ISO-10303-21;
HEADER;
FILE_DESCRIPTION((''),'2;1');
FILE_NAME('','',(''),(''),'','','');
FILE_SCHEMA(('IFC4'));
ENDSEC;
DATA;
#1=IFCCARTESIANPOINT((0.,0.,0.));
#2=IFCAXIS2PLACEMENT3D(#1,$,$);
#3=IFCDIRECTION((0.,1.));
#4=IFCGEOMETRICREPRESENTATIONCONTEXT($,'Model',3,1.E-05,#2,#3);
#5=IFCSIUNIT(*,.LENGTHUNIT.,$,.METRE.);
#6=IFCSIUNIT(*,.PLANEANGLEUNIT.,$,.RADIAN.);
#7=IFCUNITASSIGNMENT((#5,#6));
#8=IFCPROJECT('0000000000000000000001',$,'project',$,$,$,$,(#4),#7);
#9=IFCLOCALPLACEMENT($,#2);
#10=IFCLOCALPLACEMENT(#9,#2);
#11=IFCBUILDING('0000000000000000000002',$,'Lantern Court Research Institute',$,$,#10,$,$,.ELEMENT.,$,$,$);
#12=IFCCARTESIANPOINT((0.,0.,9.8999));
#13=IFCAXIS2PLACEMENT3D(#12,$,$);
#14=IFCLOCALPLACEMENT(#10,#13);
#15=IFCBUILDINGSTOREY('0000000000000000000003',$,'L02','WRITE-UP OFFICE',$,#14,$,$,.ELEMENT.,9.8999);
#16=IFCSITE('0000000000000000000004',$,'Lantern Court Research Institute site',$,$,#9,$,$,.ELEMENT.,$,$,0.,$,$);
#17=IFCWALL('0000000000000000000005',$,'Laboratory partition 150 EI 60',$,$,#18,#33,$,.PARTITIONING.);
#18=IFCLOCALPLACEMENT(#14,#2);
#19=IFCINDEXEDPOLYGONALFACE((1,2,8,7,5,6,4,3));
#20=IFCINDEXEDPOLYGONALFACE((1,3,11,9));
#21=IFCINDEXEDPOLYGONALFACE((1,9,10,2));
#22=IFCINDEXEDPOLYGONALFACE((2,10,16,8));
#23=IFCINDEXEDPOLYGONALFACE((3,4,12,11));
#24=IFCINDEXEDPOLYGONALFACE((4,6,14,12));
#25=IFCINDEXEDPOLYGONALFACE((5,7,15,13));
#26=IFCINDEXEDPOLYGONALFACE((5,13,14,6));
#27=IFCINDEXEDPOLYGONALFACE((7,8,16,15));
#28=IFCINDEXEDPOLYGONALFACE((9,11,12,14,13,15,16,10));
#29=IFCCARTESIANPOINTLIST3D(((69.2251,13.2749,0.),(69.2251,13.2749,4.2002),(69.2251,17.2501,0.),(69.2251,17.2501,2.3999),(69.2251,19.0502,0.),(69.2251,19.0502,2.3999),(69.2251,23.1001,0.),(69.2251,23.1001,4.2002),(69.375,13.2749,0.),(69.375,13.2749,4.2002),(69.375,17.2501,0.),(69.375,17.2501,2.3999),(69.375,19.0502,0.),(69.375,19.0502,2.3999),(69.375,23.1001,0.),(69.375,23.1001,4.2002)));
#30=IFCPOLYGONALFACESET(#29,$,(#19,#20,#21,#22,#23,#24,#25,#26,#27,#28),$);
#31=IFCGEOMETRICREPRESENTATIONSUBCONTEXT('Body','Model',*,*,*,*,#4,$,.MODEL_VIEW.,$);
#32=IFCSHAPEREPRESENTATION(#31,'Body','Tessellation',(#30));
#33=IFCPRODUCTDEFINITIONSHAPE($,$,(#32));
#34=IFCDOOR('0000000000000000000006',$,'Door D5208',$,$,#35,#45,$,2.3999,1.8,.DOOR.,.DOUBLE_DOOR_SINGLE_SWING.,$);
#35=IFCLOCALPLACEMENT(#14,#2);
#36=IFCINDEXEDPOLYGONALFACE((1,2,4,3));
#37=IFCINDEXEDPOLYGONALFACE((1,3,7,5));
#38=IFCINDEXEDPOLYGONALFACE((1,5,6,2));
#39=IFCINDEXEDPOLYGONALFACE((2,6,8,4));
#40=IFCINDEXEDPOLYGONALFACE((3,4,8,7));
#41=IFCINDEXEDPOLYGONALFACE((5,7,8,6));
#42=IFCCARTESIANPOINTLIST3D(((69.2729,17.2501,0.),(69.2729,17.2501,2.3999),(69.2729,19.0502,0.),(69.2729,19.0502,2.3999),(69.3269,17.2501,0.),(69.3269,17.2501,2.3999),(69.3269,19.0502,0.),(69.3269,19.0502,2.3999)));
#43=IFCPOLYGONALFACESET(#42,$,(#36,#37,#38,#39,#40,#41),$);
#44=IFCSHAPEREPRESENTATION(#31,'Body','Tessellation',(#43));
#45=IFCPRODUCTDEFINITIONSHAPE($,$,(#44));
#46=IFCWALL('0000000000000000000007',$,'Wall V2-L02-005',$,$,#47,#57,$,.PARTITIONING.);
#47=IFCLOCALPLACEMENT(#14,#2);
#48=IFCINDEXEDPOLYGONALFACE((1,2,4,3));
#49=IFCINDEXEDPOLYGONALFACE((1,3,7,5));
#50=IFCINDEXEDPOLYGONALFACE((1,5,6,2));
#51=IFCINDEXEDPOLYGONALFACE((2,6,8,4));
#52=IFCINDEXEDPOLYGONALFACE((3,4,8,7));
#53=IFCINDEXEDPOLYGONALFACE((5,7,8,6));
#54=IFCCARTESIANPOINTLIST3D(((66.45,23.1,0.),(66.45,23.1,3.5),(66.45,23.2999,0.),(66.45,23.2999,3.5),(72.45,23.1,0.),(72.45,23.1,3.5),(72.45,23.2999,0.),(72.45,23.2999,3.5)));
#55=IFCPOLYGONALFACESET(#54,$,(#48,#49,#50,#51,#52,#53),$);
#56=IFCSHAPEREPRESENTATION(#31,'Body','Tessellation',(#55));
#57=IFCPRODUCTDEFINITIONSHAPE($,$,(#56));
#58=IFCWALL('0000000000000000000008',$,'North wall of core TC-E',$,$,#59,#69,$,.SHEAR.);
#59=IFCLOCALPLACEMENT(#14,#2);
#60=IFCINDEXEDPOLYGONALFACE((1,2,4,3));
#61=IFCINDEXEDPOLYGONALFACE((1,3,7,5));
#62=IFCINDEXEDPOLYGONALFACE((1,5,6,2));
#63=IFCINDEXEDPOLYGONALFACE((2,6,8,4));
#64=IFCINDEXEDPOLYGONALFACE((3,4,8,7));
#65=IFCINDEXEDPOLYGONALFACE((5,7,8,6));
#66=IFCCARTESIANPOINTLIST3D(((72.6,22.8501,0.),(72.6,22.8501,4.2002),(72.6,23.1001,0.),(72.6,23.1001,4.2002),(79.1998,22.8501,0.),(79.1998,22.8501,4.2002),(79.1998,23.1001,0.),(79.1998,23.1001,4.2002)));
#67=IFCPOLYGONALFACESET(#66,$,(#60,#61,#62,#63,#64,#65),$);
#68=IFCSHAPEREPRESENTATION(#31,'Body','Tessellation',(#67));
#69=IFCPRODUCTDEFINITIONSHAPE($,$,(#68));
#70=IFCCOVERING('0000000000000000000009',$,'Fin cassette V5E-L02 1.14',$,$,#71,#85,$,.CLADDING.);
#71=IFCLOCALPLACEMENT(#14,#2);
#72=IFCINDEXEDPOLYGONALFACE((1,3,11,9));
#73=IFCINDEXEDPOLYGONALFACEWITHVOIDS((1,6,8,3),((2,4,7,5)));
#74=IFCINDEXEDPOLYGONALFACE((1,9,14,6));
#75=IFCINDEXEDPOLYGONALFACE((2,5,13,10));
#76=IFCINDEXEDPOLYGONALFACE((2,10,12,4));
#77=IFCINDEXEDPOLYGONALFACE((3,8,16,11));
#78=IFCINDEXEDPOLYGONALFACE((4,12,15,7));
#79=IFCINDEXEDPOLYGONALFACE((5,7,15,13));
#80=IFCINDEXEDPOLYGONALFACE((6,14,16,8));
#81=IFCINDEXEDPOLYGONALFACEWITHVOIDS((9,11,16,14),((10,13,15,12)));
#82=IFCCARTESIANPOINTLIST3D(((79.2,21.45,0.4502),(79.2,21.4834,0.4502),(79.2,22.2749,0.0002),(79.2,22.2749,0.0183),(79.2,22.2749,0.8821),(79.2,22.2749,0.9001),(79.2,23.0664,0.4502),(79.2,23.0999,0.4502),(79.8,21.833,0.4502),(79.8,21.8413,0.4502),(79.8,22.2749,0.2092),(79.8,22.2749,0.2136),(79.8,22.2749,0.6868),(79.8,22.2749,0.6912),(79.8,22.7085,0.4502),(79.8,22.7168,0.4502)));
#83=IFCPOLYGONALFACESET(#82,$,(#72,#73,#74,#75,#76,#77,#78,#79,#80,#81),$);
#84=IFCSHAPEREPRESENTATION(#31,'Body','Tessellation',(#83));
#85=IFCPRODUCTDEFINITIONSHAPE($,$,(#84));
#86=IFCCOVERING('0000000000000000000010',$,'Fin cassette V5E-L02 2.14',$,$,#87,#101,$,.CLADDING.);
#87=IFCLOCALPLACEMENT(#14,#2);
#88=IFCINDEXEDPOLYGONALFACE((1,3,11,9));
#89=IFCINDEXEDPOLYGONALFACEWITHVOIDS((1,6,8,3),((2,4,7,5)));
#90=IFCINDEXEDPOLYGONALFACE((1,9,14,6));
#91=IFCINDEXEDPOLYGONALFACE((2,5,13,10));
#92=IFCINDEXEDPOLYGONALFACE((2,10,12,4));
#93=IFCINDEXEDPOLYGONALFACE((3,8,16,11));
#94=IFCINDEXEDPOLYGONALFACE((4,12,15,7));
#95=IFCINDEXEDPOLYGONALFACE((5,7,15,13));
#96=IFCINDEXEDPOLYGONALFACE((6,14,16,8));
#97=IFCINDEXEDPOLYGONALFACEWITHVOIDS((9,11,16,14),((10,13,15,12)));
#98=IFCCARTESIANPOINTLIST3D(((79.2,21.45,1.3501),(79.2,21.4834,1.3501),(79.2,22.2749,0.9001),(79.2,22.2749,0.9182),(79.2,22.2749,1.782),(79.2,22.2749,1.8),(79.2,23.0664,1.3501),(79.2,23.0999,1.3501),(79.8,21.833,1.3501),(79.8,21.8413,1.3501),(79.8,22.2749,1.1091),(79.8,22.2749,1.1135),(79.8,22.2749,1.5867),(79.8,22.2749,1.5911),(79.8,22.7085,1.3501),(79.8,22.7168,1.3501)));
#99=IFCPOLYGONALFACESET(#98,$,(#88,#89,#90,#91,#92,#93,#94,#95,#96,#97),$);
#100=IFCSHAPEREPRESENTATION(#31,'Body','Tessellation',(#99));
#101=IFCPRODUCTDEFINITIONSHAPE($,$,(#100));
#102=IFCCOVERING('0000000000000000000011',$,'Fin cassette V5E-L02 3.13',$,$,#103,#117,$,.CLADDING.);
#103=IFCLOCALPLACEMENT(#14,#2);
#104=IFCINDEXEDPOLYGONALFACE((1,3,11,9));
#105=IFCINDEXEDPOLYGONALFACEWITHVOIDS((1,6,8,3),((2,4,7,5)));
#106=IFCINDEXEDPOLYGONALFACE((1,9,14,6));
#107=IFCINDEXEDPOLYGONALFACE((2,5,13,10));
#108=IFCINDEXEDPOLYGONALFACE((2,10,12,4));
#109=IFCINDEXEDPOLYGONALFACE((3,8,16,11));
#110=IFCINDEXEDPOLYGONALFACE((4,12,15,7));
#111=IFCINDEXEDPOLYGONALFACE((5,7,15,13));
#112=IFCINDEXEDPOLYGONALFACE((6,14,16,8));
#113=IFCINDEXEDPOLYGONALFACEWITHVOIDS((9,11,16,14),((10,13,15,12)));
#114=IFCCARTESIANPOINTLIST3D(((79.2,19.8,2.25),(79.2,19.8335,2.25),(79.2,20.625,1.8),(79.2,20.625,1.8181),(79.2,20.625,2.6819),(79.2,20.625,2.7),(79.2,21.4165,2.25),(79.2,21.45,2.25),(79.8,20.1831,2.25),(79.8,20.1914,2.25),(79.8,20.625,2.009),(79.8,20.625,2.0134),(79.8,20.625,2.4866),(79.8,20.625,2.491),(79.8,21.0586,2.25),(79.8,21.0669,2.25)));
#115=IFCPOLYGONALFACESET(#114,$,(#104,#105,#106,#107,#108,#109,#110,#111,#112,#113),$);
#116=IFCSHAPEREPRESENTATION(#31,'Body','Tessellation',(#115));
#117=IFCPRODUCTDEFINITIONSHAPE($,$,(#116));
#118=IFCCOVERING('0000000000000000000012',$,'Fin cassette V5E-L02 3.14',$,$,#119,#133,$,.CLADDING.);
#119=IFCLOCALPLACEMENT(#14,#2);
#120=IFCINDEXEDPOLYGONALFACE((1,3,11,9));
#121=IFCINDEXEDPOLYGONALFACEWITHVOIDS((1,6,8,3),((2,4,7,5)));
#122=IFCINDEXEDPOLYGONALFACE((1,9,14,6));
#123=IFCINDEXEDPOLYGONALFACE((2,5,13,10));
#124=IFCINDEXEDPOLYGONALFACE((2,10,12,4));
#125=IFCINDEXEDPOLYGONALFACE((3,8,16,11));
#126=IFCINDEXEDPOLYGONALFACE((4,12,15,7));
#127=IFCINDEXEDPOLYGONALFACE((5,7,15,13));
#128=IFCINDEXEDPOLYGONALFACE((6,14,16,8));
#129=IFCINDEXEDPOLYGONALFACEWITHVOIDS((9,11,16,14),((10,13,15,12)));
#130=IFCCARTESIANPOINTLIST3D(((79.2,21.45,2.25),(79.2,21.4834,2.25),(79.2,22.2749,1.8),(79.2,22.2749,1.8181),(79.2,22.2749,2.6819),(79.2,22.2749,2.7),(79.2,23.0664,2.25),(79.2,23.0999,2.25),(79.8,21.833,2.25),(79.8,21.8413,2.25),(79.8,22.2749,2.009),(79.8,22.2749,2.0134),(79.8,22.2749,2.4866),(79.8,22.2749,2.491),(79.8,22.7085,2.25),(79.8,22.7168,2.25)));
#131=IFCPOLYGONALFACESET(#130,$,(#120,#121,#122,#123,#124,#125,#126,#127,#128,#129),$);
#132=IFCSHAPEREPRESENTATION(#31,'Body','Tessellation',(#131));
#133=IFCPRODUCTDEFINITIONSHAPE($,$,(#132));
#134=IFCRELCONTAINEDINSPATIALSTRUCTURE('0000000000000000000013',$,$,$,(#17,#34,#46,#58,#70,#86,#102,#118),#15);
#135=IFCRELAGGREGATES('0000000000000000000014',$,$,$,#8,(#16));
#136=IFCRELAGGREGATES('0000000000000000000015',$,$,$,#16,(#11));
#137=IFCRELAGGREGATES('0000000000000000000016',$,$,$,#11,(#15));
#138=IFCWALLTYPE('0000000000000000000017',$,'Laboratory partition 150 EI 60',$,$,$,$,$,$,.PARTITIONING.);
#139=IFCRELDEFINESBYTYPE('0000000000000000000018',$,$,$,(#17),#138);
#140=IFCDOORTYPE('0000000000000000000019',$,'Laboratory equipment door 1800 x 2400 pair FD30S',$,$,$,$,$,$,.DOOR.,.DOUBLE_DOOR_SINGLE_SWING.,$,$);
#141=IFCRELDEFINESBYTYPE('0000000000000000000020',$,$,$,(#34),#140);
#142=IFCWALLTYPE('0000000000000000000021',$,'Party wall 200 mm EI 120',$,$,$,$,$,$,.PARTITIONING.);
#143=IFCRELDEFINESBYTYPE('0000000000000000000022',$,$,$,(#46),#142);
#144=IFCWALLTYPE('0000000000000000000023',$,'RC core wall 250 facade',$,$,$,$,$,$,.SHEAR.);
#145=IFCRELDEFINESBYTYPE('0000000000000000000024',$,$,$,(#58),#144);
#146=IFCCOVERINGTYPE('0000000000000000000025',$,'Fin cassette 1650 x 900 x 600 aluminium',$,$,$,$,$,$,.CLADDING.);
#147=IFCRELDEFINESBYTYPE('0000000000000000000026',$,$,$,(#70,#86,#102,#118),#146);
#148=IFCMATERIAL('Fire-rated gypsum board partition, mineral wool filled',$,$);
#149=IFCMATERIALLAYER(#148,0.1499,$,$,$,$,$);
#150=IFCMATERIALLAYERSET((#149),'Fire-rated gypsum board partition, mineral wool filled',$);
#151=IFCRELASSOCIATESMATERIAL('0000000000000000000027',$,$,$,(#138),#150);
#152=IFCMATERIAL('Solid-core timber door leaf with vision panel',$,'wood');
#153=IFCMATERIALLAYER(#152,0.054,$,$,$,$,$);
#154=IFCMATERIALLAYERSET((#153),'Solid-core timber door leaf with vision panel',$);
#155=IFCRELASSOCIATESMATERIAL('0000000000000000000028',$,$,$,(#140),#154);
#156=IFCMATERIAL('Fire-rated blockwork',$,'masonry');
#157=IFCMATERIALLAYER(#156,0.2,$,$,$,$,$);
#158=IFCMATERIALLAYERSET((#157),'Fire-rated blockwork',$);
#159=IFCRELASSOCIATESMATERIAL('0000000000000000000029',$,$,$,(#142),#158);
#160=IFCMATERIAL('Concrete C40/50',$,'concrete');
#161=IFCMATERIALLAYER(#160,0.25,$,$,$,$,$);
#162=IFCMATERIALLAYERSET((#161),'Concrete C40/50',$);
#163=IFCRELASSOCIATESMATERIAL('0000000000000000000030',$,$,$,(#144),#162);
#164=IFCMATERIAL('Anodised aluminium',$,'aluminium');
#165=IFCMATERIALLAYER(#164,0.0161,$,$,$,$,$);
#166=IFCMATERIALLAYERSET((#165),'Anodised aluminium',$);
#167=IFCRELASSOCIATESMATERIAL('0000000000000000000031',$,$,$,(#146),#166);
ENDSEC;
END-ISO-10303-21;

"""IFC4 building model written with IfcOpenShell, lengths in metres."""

from ifc_helpers import new_model, entity, si_unit, direction, frame, frame_2d, origin, place, context, subcontext, project, spatial, rectangle, extrude, material, layer, layer_set, type_object, element, fill, save


model = new_model("IFC4")

# Units and contexts
model_context = context("Model", 3, precision=1e-05, world=origin(), true_north=direction((0.0, 1.0)))
body_context = subcontext(model_context, "Body", "Model", "MODEL_VIEW")
ifc_project = project(units=[si_unit("LENGTHUNIT", "METRE"), si_unit("PLANEANGLEUNIT", "RADIAN")], contexts=[model_context])

# Site, building, storey
site_placement = place(None, origin())
site = spatial("IfcSite", under=ifc_project, at=site_placement, Name="Lantern Court Research Institute site", CompositionType="ELEMENT", RefElevation=0.0)
building_placement = place(site_placement, origin())
building = spatial("IfcBuilding", under=site, at=building_placement, Name="Lantern Court Research Institute", CompositionType="ELEMENT")
storey_placement = place(building_placement, frame((0.0, 0.0, 9.8999)))
storey = spatial("IfcBuildingStorey", under=building, at=storey_placement, Name="L02", Description="WRITE-UP OFFICE", CompositionType="ELEMENT", Elevation=9.8999)

# Wall, opening, door
ifc_material_1 = material(Name="Fire-rated gypsum board partition, mineral wool filled")
ifc_layer_1 = layer(ifc_material_1, 0.1499)
ifc_layer_set_1 = layer_set([ifc_layer_1], Name="Fire-rated gypsum board partition, mineral wool filled")
wall_type_1 = type_object("IfcWallType", Name="Laboratory partition 150 EI 60", PredefinedType="PARTITIONING", material=ifc_layer_set_1)
wall_1_placement = place(storey_placement, frame((69.3, 23.1001, 0.0), z_axis=(0.0, 0.0, 1.0), x_axis=(0.0, -1.0, 0.0)))
wall_1 = element("IfcWall", 1, at=wall_1_placement, inside=storey, type_object=wall_type_1, Name="Laboratory partition 150 EI 60", PredefinedType="PARTITIONING", context=body_context, shape_type="SweptSolid", body=[
    extrude(rectangle(XDim=9.8252, YDim=0.1499, at=frame_2d((4.9126, 0.0))), origin(), (0.0, 0.0, 1.0), 4.2002),
])
opening_placement = place(wall_1_placement, frame((4.05, 0.0, 0.0)))
opening = element("IfcOpeningElement", 2, at=opening_placement, cuts=wall_1, PredefinedType="OPENING", context=body_context, shape_type="SweptSolid", body=[
    extrude(rectangle(XDim=1.8, YDim=2.3999, at=frame_2d((0.8999, 1.2))), frame((0.0, 0.085, 0.0), z_axis=(0.0, -1.0, 0.0), x_axis=(1.0, 0.0, 0.0)), (0.0, 0.0, 1.0), 0.1699),
])
ifc_material_2 = material(Name="Solid-core timber door leaf with vision panel", Category="wood")
ifc_layer_2 = layer(ifc_material_2, 0.054)
ifc_layer_set_2 = layer_set([ifc_layer_2], Name="Solid-core timber door leaf with vision panel")
door_type = type_object("IfcDoorType", Name="Laboratory equipment door 1800 x 2400 pair FD30S", OperationType="DOUBLE_DOOR_SINGLE_SWING", PredefinedType="DOOR", material=ifc_layer_set_2)
door_placement = place(opening_placement, origin())
door = element("IfcDoor", 3, at=door_placement, inside=storey, type_object=door_type, Name="Door D5208", OperationType="DOUBLE_DOOR_SINGLE_SWING", OverallHeight=2.3999, OverallWidth=1.8, PredefinedType="DOOR", context=body_context, shape_type="SweptSolid", body=[
    extrude(rectangle(XDim=1.8, YDim=2.3999, at=frame_2d((0.8999, 1.2))), frame((0.0, 0.0269, 0.0), z_axis=(0.0, -1.0, 0.0), x_axis=(1.0, 0.0, 0.0)), (0.0, 0.0, 1.0), 0.054),
])
fill(opening, door)

# Walls
ifc_material_3 = material(Name="Fire-rated blockwork", Category="masonry")
ifc_layer_3 = layer(ifc_material_3, 0.2)
ifc_layer_set_3 = layer_set([ifc_layer_3], Name="Fire-rated blockwork")
wall_type_2 = type_object("IfcWallType", Name="Party wall 200 mm EI 120", PredefinedType="PARTITIONING", material=ifc_layer_set_3)
wall_2_placement = place(storey_placement, frame((66.45, 23.2, 0.0), z_axis=(0.0, 0.0, 1.0), x_axis=(1.0, 0.0, 0.0)))
element("IfcWall", 4, at=wall_2_placement, inside=storey, type_object=wall_type_2, Name="Wall V2-L02-005", PredefinedType="PARTITIONING", context=body_context, shape_type="SweptSolid", body=[
    extrude(rectangle(XDim=6.0, YDim=0.2, at=frame_2d((3.0, 0.0))), origin(), (0.0, 0.0, 1.0), 3.5),
])
ifc_material_4 = material(Name="Concrete C40/50", Category="concrete")
ifc_layer_4 = layer(ifc_material_4, 0.25)
ifc_layer_set_4 = layer_set([ifc_layer_4], Name="Concrete C40/50")
wall_type_3 = type_object("IfcWallType", Name="RC core wall 250 facade", PredefinedType="SHEAR", material=ifc_layer_set_4)
wall_3_placement = place(storey_placement, frame((72.6001, 22.9751, 0.0), z_axis=(0.0, 0.0, 1.0), x_axis=(1.0, 0.0, 0.0)))
element("IfcWall", 5, at=wall_3_placement, inside=storey, type_object=wall_type_3, Name="North wall of core TC-E", PredefinedType="SHEAR", context=body_context, shape_type="SweptSolid", body=[
    extrude(rectangle(XDim=6.5999, YDim=0.25, at=frame_2d((3.2998, 0.0))), origin(), (0.0, 0.0, 1.0), 4.2002),
])

# Coverings
ifc_material_5 = material(Name="Anodised aluminium", Category="aluminium")
ifc_layer_5 = layer(ifc_material_5, 0.0161)
ifc_layer_set_5 = layer_set([ifc_layer_5], Name="Anodised aluminium")
covering_type = type_object("IfcCoveringType", Name="Fin cassette 1650 x 900 x 600 aluminium", PredefinedType="CLADDING", material=ifc_layer_set_5)
covering_1_placement = place(storey_placement, frame((79.2, 22.2749, 0.4502), z_axis=(1.0, 0.0, 0.0), x_axis=(0.0, 1.0, 0.0)))
cartesian_point_1 = entity("IfcCartesianPoint", [0.825, 0.0])
cartesian_point_2 = entity("IfcCartesianPoint", [0.7915, 0.0])
cartesian_point_3 = entity("IfcCartesianPoint", [0.4419, 0.0])
cartesian_point_4 = entity("IfcCartesianPoint", [0.4336, 0.0])
element("IfcCovering", 6, at=covering_1_placement, inside=storey, type_object=covering_type, Name="Fin cassette V5E-L02 1.14", PredefinedType="CLADDING", context=body_context, shape_type="SweptSolid", body=[
    entity("IfcExtrudedAreaSolidTapered", entity("IfcArbitraryProfileDefWithVoids", "AREA", None, entity("IfcPolyline", [cartesian_point_1, entity("IfcCartesianPoint", [0.0, 0.45]), entity("IfcCartesianPoint", [-0.825, 0.0]), entity("IfcCartesianPoint", [0.0, -0.45]), cartesian_point_1]), [entity("IfcPolyline", [cartesian_point_2, entity("IfcCartesianPoint", [0.0, 0.4319]), entity("IfcCartesianPoint", [-0.7915, 0.0]), entity("IfcCartesianPoint", [0.0, -0.4319]), cartesian_point_2])]), entity("IfcAxis2Placement3D", entity("IfcCartesianPoint", [0.0, 0.0, 0.0])), entity("IfcDirection", [0.0, 0.0, 1.0]), 0.6001, entity("IfcArbitraryProfileDefWithVoids", "AREA", None, entity("IfcPolyline", [cartesian_point_3, entity("IfcCartesianPoint", [0.0, 0.241]), entity("IfcCartesianPoint", [-0.4419, 0.0]), entity("IfcCartesianPoint", [0.0, -0.241]), cartesian_point_3]), [entity("IfcPolyline", [cartesian_point_4, entity("IfcCartesianPoint", [0.0, 0.2366]), entity("IfcCartesianPoint", [-0.4336, 0.0]), entity("IfcCartesianPoint", [0.0, -0.2366]), cartesian_point_4])])),
])
covering_2_placement = place(storey_placement, frame((79.2, 22.2749, 1.3501), z_axis=(1.0, 0.0, 0.0), x_axis=(0.0, 1.0, 0.0)))
cartesian_point_5 = entity("IfcCartesianPoint", [0.825, 0.0])
cartesian_point_6 = entity("IfcCartesianPoint", [0.7915, 0.0])
cartesian_point_7 = entity("IfcCartesianPoint", [0.4419, 0.0])
cartesian_point_8 = entity("IfcCartesianPoint", [0.4336, 0.0])
element("IfcCovering", 7, at=covering_2_placement, inside=storey, type_object=covering_type, Name="Fin cassette V5E-L02 2.14", PredefinedType="CLADDING", context=body_context, shape_type="SweptSolid", body=[
    entity("IfcExtrudedAreaSolidTapered", entity("IfcArbitraryProfileDefWithVoids", "AREA", None, entity("IfcPolyline", [cartesian_point_5, entity("IfcCartesianPoint", [0.0, 0.45]), entity("IfcCartesianPoint", [-0.825, 0.0]), entity("IfcCartesianPoint", [0.0, -0.45]), cartesian_point_5]), [entity("IfcPolyline", [cartesian_point_6, entity("IfcCartesianPoint", [0.0, 0.4319]), entity("IfcCartesianPoint", [-0.7915, 0.0]), entity("IfcCartesianPoint", [0.0, -0.4319]), cartesian_point_6])]), entity("IfcAxis2Placement3D", entity("IfcCartesianPoint", [0.0, 0.0, 0.0])), entity("IfcDirection", [0.0, 0.0, 1.0]), 0.6001, entity("IfcArbitraryProfileDefWithVoids", "AREA", None, entity("IfcPolyline", [cartesian_point_7, entity("IfcCartesianPoint", [0.0, 0.241]), entity("IfcCartesianPoint", [-0.4419, 0.0]), entity("IfcCartesianPoint", [0.0, -0.241]), cartesian_point_7]), [entity("IfcPolyline", [cartesian_point_8, entity("IfcCartesianPoint", [0.0, 0.2366]), entity("IfcCartesianPoint", [-0.4336, 0.0]), entity("IfcCartesianPoint", [0.0, -0.2366]), cartesian_point_8])])),
])
covering_3_placement = place(storey_placement, frame((79.2, 20.625, 2.25), z_axis=(1.0, 0.0, 0.0), x_axis=(0.0, 1.0, 0.0)))
cartesian_point_9 = entity("IfcCartesianPoint", [0.825, 0.0])
cartesian_point_10 = entity("IfcCartesianPoint", [0.7915, 0.0])
cartesian_point_11 = entity("IfcCartesianPoint", [0.4419, 0.0])
cartesian_point_12 = entity("IfcCartesianPoint", [0.4336, 0.0])
element("IfcCovering", 8, at=covering_3_placement, inside=storey, type_object=covering_type, Name="Fin cassette V5E-L02 3.13", PredefinedType="CLADDING", context=body_context, shape_type="SweptSolid", body=[
    entity("IfcExtrudedAreaSolidTapered", entity("IfcArbitraryProfileDefWithVoids", "AREA", None, entity("IfcPolyline", [cartesian_point_9, entity("IfcCartesianPoint", [0.0, 0.45]), entity("IfcCartesianPoint", [-0.825, 0.0]), entity("IfcCartesianPoint", [0.0, -0.45]), cartesian_point_9]), [entity("IfcPolyline", [cartesian_point_10, entity("IfcCartesianPoint", [0.0, 0.4319]), entity("IfcCartesianPoint", [-0.7915, 0.0]), entity("IfcCartesianPoint", [0.0, -0.4319]), cartesian_point_10])]), entity("IfcAxis2Placement3D", entity("IfcCartesianPoint", [0.0, 0.0, 0.0])), entity("IfcDirection", [0.0, 0.0, 1.0]), 0.6001, entity("IfcArbitraryProfileDefWithVoids", "AREA", None, entity("IfcPolyline", [cartesian_point_11, entity("IfcCartesianPoint", [0.0, 0.241]), entity("IfcCartesianPoint", [-0.4419, 0.0]), entity("IfcCartesianPoint", [0.0, -0.241]), cartesian_point_11]), [entity("IfcPolyline", [cartesian_point_12, entity("IfcCartesianPoint", [0.0, 0.2366]), entity("IfcCartesianPoint", [-0.4336, 0.0]), entity("IfcCartesianPoint", [0.0, -0.2366]), cartesian_point_12])])),
])
covering_4_placement = place(storey_placement, frame((79.2, 22.2749, 2.25), z_axis=(1.0, 0.0, 0.0), x_axis=(0.0, 1.0, 0.0)))
cartesian_point_13 = entity("IfcCartesianPoint", [0.825, 0.0])
cartesian_point_14 = entity("IfcCartesianPoint", [0.7915, 0.0])
cartesian_point_15 = entity("IfcCartesianPoint", [0.4419, 0.0])
cartesian_point_16 = entity("IfcCartesianPoint", [0.4336, 0.0])
element("IfcCovering", 9, at=covering_4_placement, inside=storey, type_object=covering_type, Name="Fin cassette V5E-L02 3.14", PredefinedType="CLADDING", context=body_context, shape_type="SweptSolid", body=[
    entity("IfcExtrudedAreaSolidTapered", entity("IfcArbitraryProfileDefWithVoids", "AREA", None, entity("IfcPolyline", [cartesian_point_13, entity("IfcCartesianPoint", [0.0, 0.45]), entity("IfcCartesianPoint", [-0.825, 0.0]), entity("IfcCartesianPoint", [0.0, -0.45]), cartesian_point_13]), [entity("IfcPolyline", [cartesian_point_14, entity("IfcCartesianPoint", [0.0, 0.4319]), entity("IfcCartesianPoint", [-0.7915, 0.0]), entity("IfcCartesianPoint", [0.0, -0.4319]), cartesian_point_14])]), entity("IfcAxis2Placement3D", entity("IfcCartesianPoint", [0.0, 0.0, 0.0])), entity("IfcDirection", [0.0, 0.0, 1.0]), 0.6001, entity("IfcArbitraryProfileDefWithVoids", "AREA", None, entity("IfcPolyline", [cartesian_point_15, entity("IfcCartesianPoint", [0.0, 0.241]), entity("IfcCartesianPoint", [-0.4419, 0.0]), entity("IfcCartesianPoint", [0.0, -0.241]), cartesian_point_15]), [entity("IfcPolyline", [cartesian_point_16, entity("IfcCartesianPoint", [0.0, 0.2366]), entity("IfcCartesianPoint", [-0.4336, 0.0]), entity("IfcCartesianPoint", [0.0, -0.2366]), cartesian_point_16])])),
])

save(model, "model.ifc")
